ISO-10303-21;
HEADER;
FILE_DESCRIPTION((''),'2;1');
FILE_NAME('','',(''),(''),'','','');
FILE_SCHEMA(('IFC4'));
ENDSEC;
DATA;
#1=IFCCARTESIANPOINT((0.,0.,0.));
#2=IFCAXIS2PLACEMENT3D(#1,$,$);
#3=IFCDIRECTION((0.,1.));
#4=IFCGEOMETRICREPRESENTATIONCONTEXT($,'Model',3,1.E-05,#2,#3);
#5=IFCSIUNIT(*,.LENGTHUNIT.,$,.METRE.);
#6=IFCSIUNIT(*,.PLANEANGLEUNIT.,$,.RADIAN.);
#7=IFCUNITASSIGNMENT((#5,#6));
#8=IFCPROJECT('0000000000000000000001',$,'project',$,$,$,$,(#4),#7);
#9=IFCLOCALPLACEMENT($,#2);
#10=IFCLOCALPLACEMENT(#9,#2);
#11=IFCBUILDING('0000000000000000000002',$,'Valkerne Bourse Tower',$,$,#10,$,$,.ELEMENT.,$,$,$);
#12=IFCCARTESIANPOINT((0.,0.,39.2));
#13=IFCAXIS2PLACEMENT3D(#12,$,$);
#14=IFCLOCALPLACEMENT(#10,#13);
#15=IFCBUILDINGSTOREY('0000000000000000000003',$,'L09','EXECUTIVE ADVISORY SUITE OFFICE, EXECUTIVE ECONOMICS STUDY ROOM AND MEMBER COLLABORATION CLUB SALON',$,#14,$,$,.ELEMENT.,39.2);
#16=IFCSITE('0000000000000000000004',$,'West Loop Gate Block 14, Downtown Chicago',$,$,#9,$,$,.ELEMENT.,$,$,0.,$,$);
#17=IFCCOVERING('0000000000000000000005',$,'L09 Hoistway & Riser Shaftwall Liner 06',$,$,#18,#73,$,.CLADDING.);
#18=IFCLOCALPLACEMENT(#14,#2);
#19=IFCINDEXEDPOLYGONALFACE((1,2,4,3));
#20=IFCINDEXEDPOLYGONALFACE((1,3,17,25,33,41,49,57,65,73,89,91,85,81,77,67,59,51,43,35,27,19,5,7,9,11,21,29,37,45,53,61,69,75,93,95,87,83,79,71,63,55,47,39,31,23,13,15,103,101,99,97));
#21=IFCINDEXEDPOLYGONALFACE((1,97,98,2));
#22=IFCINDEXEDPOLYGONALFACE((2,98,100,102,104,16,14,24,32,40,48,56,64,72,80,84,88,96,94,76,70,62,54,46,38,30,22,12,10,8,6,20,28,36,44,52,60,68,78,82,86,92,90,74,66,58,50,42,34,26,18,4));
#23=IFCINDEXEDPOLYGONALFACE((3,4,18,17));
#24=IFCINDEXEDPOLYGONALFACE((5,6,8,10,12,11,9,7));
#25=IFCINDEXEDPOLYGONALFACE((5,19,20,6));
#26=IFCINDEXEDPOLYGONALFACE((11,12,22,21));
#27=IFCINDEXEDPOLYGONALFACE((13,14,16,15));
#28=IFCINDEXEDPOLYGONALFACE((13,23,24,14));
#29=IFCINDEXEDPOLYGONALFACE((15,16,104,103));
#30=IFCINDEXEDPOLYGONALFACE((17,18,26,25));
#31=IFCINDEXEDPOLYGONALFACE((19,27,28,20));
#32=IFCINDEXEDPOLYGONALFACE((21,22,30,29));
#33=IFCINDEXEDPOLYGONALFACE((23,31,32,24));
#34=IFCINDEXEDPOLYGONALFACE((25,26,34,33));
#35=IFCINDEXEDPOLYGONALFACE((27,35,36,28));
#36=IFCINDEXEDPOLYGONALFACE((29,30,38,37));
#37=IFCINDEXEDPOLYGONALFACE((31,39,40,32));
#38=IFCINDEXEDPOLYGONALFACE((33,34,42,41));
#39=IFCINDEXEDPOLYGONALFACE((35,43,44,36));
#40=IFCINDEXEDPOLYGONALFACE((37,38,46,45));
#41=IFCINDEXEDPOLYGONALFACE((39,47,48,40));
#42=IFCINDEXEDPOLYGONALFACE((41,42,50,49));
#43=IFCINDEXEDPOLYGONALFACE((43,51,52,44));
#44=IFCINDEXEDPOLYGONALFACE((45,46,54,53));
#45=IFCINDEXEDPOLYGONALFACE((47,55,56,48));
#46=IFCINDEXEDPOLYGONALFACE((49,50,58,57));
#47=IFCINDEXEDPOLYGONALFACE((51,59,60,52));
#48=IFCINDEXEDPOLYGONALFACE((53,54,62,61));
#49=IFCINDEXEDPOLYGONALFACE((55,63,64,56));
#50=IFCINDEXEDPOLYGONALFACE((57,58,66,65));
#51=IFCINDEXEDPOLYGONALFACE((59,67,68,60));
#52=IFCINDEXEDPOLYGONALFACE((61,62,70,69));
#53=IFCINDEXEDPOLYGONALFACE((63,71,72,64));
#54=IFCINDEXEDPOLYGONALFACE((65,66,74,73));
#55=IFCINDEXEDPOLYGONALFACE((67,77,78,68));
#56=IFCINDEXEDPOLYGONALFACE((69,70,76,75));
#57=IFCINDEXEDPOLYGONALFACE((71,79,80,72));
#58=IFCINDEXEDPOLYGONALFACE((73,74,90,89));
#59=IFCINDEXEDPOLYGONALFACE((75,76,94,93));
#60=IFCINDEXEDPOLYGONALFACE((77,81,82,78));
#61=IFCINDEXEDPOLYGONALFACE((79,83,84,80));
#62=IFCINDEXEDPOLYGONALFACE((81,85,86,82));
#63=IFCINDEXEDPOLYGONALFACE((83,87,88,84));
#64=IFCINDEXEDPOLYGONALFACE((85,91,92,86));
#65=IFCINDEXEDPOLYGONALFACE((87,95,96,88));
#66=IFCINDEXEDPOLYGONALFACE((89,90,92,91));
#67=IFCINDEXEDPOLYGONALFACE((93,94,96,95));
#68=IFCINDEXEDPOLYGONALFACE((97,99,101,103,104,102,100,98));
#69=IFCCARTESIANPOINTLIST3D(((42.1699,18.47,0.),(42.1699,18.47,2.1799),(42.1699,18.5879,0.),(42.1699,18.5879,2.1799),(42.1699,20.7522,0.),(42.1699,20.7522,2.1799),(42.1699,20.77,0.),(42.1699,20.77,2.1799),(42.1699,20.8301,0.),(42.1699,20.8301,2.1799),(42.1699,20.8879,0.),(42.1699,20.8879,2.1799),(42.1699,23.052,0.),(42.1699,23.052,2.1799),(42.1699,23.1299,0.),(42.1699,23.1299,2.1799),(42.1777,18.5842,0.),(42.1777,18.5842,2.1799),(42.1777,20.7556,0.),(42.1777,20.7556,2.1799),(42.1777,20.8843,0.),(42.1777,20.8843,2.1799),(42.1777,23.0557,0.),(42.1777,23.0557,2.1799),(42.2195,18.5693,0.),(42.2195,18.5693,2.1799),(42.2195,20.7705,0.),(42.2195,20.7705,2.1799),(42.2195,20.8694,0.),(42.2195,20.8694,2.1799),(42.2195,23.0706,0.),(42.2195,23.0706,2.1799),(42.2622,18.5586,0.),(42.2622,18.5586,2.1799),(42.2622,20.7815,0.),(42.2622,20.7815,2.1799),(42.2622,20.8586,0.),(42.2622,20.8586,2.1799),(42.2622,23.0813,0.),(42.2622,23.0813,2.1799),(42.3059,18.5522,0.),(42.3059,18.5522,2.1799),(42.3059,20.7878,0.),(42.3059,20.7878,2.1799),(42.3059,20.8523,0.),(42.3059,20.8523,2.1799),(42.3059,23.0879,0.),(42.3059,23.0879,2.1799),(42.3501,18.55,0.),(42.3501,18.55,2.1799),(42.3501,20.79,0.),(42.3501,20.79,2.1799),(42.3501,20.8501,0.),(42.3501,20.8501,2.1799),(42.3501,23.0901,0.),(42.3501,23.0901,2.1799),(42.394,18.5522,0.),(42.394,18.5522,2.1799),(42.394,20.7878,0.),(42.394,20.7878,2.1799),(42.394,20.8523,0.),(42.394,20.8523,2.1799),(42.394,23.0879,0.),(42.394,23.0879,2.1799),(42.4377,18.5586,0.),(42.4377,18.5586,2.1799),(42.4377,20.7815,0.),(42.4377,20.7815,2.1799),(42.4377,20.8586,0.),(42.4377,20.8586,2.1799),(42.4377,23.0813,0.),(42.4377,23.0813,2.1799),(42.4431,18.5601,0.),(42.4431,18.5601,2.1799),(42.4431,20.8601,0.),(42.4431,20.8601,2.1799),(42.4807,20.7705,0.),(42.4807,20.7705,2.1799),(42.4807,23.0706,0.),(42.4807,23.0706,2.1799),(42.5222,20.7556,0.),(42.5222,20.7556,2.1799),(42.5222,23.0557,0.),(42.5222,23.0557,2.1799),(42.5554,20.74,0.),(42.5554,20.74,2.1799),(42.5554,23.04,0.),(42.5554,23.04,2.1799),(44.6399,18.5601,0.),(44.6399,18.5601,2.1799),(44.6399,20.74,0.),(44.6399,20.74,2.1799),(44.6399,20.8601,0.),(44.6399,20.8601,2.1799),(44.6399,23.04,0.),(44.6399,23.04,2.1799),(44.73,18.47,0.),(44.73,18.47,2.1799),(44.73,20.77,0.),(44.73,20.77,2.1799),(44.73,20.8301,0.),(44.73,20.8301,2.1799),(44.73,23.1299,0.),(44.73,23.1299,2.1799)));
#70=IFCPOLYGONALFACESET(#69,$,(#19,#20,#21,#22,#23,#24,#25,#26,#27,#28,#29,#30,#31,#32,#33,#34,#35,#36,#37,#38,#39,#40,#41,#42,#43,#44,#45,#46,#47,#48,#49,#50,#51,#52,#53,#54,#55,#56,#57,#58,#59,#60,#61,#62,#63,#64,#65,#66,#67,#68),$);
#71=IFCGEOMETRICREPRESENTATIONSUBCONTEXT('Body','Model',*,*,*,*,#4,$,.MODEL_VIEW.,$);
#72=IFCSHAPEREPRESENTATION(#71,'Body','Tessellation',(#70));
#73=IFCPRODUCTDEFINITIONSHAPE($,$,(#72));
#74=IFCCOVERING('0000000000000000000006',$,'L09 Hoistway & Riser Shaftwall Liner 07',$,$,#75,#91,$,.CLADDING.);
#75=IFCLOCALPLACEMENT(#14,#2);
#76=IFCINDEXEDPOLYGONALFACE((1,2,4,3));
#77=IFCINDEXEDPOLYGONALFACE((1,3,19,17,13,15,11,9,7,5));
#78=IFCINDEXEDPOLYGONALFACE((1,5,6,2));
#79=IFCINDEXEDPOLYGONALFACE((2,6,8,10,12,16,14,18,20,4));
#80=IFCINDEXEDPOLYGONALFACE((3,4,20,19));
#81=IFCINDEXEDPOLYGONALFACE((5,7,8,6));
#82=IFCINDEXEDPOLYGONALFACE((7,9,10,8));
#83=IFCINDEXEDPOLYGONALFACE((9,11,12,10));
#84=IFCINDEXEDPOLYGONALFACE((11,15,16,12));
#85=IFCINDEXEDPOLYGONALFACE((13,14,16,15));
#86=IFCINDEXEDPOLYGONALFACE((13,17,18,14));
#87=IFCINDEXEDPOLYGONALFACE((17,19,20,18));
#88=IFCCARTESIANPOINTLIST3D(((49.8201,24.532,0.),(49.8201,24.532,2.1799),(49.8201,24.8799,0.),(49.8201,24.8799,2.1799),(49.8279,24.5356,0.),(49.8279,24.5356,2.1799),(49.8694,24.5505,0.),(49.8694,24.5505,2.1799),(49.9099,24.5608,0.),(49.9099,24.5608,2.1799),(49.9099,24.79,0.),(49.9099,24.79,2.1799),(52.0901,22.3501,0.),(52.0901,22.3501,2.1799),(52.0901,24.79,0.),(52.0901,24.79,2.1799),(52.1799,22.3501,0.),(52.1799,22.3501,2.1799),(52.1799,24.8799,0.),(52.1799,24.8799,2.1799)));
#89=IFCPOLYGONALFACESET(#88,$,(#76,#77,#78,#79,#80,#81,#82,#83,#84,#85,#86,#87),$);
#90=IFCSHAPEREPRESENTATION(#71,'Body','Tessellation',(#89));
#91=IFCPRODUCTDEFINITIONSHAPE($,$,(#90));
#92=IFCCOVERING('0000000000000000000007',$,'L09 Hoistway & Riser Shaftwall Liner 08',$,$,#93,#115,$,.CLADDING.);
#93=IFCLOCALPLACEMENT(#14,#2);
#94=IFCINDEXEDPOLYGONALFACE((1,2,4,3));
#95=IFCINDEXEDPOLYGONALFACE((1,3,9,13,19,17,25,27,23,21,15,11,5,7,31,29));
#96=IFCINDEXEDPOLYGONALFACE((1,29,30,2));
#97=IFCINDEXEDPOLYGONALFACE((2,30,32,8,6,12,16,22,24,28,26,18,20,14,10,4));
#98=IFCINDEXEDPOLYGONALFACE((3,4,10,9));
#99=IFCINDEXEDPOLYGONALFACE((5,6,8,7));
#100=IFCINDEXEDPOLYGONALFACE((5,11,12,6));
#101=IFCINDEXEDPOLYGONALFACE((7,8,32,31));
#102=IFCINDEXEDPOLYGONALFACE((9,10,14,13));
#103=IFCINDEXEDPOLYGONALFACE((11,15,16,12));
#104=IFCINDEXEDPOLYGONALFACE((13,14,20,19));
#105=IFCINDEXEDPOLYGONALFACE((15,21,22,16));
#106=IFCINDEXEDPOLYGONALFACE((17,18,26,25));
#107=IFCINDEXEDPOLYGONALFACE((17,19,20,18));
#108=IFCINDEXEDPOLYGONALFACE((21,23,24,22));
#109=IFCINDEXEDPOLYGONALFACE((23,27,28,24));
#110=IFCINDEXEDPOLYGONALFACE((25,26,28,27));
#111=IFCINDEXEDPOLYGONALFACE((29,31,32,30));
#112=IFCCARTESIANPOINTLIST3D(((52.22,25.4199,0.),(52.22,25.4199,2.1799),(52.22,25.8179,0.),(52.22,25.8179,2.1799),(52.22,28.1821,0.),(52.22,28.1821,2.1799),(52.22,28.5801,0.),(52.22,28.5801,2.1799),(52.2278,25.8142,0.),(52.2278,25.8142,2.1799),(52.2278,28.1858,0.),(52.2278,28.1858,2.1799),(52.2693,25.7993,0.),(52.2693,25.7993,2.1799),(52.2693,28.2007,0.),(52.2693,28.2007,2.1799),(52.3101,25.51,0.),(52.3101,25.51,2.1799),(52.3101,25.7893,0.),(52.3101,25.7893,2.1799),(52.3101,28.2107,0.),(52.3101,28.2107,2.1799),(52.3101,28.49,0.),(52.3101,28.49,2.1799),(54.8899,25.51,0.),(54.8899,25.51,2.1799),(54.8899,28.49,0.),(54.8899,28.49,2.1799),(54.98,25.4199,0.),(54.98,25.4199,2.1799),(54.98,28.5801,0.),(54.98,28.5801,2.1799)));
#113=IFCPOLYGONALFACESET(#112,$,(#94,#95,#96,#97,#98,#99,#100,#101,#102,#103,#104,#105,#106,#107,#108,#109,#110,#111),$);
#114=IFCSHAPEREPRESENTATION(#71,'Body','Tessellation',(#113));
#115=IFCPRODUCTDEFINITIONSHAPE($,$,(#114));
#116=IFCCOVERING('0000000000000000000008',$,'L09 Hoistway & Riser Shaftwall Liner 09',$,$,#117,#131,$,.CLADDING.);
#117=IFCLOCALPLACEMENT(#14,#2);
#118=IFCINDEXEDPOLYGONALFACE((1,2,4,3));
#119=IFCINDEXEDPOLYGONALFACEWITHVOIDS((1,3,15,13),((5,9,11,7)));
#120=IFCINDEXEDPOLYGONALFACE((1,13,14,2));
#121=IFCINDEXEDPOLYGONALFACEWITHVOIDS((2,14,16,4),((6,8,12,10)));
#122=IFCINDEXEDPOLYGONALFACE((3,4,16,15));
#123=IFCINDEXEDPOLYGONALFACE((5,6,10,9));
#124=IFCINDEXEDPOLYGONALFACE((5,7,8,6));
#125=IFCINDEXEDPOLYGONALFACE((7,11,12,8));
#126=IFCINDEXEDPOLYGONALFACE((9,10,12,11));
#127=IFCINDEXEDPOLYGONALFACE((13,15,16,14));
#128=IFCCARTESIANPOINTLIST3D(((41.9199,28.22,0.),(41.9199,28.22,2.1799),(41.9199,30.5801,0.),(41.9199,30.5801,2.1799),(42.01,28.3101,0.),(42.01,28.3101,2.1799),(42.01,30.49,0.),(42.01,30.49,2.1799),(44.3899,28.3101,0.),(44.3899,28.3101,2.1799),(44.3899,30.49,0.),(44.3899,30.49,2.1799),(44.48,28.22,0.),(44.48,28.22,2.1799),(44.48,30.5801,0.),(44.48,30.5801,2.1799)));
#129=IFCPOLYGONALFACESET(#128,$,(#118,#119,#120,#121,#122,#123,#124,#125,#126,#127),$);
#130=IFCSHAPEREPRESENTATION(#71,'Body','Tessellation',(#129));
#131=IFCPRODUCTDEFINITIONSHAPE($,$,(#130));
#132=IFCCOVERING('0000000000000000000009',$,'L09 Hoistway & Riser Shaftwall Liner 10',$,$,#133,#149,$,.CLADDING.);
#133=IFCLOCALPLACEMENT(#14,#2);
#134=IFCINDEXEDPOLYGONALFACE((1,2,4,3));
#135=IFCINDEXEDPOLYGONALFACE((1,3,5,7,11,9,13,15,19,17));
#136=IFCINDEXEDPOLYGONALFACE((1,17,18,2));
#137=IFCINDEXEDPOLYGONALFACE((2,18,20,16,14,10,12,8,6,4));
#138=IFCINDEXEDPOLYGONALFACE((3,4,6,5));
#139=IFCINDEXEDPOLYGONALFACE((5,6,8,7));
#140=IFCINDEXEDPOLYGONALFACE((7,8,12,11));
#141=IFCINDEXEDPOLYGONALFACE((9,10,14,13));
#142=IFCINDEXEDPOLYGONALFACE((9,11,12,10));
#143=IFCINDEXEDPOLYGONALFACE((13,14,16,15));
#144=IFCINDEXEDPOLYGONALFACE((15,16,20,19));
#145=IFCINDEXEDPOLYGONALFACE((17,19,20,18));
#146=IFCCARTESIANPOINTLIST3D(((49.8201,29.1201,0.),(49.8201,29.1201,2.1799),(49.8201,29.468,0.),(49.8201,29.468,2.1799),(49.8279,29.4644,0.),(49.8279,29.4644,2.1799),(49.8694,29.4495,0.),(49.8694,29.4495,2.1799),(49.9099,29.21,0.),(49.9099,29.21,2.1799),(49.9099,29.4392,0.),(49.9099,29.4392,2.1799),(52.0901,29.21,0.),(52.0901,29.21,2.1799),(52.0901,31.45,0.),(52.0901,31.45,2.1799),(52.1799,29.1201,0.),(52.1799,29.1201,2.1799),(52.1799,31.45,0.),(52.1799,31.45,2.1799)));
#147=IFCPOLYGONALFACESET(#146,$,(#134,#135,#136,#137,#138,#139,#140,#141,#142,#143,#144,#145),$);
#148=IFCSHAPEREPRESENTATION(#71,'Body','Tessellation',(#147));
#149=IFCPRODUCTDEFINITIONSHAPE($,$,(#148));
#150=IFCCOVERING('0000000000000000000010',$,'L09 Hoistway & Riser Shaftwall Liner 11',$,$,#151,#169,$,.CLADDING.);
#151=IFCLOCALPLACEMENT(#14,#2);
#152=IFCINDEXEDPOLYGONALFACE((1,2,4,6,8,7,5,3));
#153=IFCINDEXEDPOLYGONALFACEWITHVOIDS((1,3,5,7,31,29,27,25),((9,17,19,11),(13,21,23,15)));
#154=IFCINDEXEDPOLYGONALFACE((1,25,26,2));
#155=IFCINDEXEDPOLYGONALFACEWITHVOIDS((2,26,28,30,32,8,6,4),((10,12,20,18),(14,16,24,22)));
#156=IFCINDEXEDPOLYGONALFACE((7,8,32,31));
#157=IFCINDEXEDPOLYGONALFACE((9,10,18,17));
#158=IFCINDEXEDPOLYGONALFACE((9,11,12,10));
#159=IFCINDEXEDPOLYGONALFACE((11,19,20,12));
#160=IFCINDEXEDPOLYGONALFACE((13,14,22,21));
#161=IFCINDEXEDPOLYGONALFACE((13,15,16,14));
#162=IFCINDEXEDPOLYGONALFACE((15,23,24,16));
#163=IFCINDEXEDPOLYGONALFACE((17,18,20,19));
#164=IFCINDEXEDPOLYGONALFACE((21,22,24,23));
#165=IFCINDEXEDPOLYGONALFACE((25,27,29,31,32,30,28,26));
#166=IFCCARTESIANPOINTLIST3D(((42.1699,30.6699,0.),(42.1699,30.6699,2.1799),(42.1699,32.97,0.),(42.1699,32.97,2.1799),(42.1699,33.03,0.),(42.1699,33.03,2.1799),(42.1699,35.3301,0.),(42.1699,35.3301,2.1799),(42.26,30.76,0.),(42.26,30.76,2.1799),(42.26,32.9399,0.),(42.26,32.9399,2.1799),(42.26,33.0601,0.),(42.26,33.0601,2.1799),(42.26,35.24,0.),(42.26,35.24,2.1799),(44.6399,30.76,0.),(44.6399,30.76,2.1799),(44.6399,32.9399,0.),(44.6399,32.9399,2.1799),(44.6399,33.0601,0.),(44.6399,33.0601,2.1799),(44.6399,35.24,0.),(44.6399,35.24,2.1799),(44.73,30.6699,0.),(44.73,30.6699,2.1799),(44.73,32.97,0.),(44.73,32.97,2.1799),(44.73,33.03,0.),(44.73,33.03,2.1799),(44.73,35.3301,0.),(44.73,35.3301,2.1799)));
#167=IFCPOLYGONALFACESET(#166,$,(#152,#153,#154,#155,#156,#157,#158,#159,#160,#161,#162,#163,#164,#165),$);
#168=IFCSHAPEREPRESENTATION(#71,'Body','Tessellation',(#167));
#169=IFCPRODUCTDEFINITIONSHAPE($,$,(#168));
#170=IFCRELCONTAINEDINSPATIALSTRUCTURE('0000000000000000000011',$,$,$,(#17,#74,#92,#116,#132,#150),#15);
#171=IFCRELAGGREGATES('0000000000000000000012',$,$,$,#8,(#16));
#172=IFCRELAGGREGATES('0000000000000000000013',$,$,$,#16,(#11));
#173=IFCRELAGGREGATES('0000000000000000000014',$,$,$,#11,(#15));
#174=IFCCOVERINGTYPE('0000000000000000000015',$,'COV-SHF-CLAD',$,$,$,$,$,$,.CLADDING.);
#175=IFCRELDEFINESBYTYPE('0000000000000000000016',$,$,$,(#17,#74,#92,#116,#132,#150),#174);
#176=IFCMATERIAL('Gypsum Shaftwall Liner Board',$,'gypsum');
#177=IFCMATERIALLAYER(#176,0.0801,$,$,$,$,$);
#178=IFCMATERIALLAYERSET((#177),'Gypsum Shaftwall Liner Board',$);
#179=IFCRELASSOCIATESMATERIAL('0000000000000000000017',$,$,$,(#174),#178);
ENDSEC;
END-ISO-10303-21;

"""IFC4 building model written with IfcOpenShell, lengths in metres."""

from ifc_helpers import new_model, si_unit, direction, frame, origin, place, context, subcontext, project, spatial, polyline, outline, extrude, material, layer, layer_set, type_object, element, save


model = new_model("IFC4")

# Units and contexts
model_context = context("Model", 3, precision=1e-05, world=origin(), true_north=direction((0.0, 1.0)))
body_context = subcontext(model_context, "Body", "Model", "MODEL_VIEW")
ifc_project = project(units=[si_unit("LENGTHUNIT", "METRE"), si_unit("PLANEANGLEUNIT", "RADIAN")], contexts=[model_context])

# Site, building, storey
site_placement = place(None, origin())
site = spatial("IfcSite", under=ifc_project, at=site_placement, Name="West Loop Gate Block 14, Downtown Chicago", CompositionType="ELEMENT", RefElevation=0.0)
building_placement = place(site_placement, origin())
building = spatial("IfcBuilding", under=site, at=building_placement, Name="Valkerne Bourse Tower", CompositionType="ELEMENT")
storey_placement = place(building_placement, frame((0.0, 0.0, 39.2)))
storey = spatial("IfcBuildingStorey", under=building, at=storey_placement, Name="L09", Description="EXECUTIVE ADVISORY SUITE OFFICE, EXECUTIVE ECONOMICS STUDY ROOM AND MEMBER COLLABORATION CLUB SALON", CompositionType="ELEMENT", Elevation=39.2)

# Coverings
ifc_material_1 = material(Name="Gypsum Shaftwall Liner Board", Category="gypsum")
ifc_layer_1 = layer(ifc_material_1, 0.0801)
ifc_layer_set_1 = layer_set([ifc_layer_1], Name="Gypsum Shaftwall Liner Board")
covering_type_1 = type_object("IfcCoveringType", Name="COV-SHF-CLAD", PredefinedType="CLADDING", material=ifc_layer_set_1)
covering_1_placement = place(storey_placement, origin())
element("IfcCovering", 1, at=covering_1_placement, inside=storey, type_object=covering_type_1, Name="L09 Hoistway & Riser Shaftwall Liner 06", PredefinedType="CLADDING", context=body_context, shape_type="SweptSolid", body=[
    extrude(outline(polyline([(42.1699, 20.8301), (42.1699, 20.8879), (42.1777, 20.8843), (42.2195, 20.8694), (42.2622, 20.8586), (42.3059, 20.8523), (42.3501, 20.8501), (42.394, 20.8523), (42.4377, 20.8586), (42.4431, 20.8601), (44.6399, 20.8601), (44.6399, 23.04), (42.5554, 23.04), (42.5222, 23.0557), (42.4807, 23.0706), (42.4377, 23.0813), (42.394, 23.0879), (42.3501, 23.0901), (42.3059, 23.0879), (42.2622, 23.0813), (42.2195, 23.0706), (42.1777, 23.0557), (42.1699, 23.052), (42.1699, 23.1299), (44.73, 23.1299), (44.73, 20.8301), (44.73, 20.77), (44.73, 18.47), (42.1699, 18.47), (42.1699, 18.5879), (42.1777, 18.5842), (42.2195, 18.5693), (42.2622, 18.5586), (42.3059, 18.5522), (42.3501, 18.55), (42.394, 18.5522), (42.4377, 18.5586), (42.4431, 18.5601), (44.6399, 18.5601), (44.6399, 20.74), (42.5554, 20.74), (42.5222, 20.7556), (42.4807, 20.7705), (42.4377, 20.7815), (42.394, 20.7878), (42.3501, 20.79), (42.3059, 20.7878), (42.2622, 20.7815), (42.2195, 20.7705), (42.1777, 20.7556), (42.1699, 20.7522), (42.1699, 20.77), (42.1699, 20.8301)])), origin(), (0.0, 0.0, 1.0), 2.1799),
])
covering_2_placement = place(storey_placement, origin())
element("IfcCovering", 2, at=covering_2_placement, inside=storey, type_object=covering_type_1, Name="L09 Hoistway & Riser Shaftwall Liner 07", PredefinedType="CLADDING", context=body_context, shape_type="SweptSolid", body=[
    extrude(outline(polyline([(52.1799, 22.3501), (52.0901, 22.3501), (52.0901, 24.79), (49.9099, 24.79), (49.9099, 24.5608), (49.8694, 24.5505), (49.8279, 24.5356), (49.8201, 24.532), (49.8201, 24.8799), (52.1799, 24.8799), (52.1799, 22.3501)])), origin(), (0.0, 0.0, 1.0), 2.1799),
])
covering_3_placement = place(storey_placement, origin())
element("IfcCovering", 3, at=covering_3_placement, inside=storey, type_object=covering_type_1, Name="L09 Hoistway & Riser Shaftwall Liner 08", PredefinedType="CLADDING", context=body_context, shape_type="SweptSolid", body=[
    extrude(outline(polyline([(54.98, 25.4199), (52.22, 25.4199), (52.22, 25.8179), (52.2278, 25.8142), (52.2693, 25.7993), (52.3101, 25.7893), (52.3101, 25.51), (54.8899, 25.51), (54.8899, 28.49), (52.3101, 28.49), (52.3101, 28.2107), (52.2693, 28.2007), (52.2278, 28.1858), (52.22, 28.1821), (52.22, 28.5801), (54.98, 28.5801), (54.98, 25.4199)])), origin(), (0.0, 0.0, 1.0), 2.1799),
])
covering_4_placement = place(storey_placement, origin())
element("IfcCovering", 4, at=covering_4_placement, inside=storey, type_object=covering_type_1, Name="L09 Hoistway & Riser Shaftwall Liner 09", PredefinedType="CLADDING", context=body_context, shape_type="SweptSolid", body=[
    extrude(outline(polyline([(44.48, 28.22), (41.9199, 28.22), (41.9199, 30.5801), (44.48, 30.5801), (44.48, 28.22)]), holes=[polyline([(42.01, 30.49), (42.01, 28.3101), (44.3899, 28.3101), (44.3899, 30.49), (42.01, 30.49)])]), origin(), (0.0, 0.0, 1.0), 2.1799),
])
covering_5_placement = place(storey_placement, origin())
element("IfcCovering", 5, at=covering_5_placement, inside=storey, type_object=covering_type_1, Name="L09 Hoistway & Riser Shaftwall Liner 10", PredefinedType="CLADDING", context=body_context, shape_type="SweptSolid", body=[
    extrude(outline(polyline([(49.8201, 29.1201), (49.8201, 29.468), (49.8279, 29.4644), (49.8694, 29.4495), (49.9099, 29.4392), (49.9099, 29.21), (52.0901, 29.21), (52.0901, 31.45), (52.1799, 31.45), (52.1799, 29.1201), (49.8201, 29.1201)])), origin(), (0.0, 0.0, 1.0), 2.1799),
])
covering_6_placement = place(storey_placement, origin())
element("IfcCovering", 6, at=covering_6_placement, inside=storey, type_object=covering_type_1, Name="L09 Hoistway & Riser Shaftwall Liner 11", PredefinedType="CLADDING", context=body_context, shape_type="SweptSolid", body=[
    extrude(outline(polyline([(44.73, 35.3301), (44.73, 33.03), (44.73, 32.97), (44.73, 30.6699), (42.1699, 30.6699), (42.1699, 32.97), (42.1699, 33.03), (42.1699, 35.3301), (44.73, 35.3301)]), holes=[polyline([(42.26, 30.76), (44.6399, 30.76), (44.6399, 32.9399), (42.26, 32.9399), (42.26, 30.76)]), polyline([(42.26, 33.0601), (44.6399, 33.0601), (44.6399, 35.24), (42.26, 35.24), (42.26, 33.0601)])]), origin(), (0.0, 0.0, 1.0), 2.1799),
])

save(model, "model.ifc")
